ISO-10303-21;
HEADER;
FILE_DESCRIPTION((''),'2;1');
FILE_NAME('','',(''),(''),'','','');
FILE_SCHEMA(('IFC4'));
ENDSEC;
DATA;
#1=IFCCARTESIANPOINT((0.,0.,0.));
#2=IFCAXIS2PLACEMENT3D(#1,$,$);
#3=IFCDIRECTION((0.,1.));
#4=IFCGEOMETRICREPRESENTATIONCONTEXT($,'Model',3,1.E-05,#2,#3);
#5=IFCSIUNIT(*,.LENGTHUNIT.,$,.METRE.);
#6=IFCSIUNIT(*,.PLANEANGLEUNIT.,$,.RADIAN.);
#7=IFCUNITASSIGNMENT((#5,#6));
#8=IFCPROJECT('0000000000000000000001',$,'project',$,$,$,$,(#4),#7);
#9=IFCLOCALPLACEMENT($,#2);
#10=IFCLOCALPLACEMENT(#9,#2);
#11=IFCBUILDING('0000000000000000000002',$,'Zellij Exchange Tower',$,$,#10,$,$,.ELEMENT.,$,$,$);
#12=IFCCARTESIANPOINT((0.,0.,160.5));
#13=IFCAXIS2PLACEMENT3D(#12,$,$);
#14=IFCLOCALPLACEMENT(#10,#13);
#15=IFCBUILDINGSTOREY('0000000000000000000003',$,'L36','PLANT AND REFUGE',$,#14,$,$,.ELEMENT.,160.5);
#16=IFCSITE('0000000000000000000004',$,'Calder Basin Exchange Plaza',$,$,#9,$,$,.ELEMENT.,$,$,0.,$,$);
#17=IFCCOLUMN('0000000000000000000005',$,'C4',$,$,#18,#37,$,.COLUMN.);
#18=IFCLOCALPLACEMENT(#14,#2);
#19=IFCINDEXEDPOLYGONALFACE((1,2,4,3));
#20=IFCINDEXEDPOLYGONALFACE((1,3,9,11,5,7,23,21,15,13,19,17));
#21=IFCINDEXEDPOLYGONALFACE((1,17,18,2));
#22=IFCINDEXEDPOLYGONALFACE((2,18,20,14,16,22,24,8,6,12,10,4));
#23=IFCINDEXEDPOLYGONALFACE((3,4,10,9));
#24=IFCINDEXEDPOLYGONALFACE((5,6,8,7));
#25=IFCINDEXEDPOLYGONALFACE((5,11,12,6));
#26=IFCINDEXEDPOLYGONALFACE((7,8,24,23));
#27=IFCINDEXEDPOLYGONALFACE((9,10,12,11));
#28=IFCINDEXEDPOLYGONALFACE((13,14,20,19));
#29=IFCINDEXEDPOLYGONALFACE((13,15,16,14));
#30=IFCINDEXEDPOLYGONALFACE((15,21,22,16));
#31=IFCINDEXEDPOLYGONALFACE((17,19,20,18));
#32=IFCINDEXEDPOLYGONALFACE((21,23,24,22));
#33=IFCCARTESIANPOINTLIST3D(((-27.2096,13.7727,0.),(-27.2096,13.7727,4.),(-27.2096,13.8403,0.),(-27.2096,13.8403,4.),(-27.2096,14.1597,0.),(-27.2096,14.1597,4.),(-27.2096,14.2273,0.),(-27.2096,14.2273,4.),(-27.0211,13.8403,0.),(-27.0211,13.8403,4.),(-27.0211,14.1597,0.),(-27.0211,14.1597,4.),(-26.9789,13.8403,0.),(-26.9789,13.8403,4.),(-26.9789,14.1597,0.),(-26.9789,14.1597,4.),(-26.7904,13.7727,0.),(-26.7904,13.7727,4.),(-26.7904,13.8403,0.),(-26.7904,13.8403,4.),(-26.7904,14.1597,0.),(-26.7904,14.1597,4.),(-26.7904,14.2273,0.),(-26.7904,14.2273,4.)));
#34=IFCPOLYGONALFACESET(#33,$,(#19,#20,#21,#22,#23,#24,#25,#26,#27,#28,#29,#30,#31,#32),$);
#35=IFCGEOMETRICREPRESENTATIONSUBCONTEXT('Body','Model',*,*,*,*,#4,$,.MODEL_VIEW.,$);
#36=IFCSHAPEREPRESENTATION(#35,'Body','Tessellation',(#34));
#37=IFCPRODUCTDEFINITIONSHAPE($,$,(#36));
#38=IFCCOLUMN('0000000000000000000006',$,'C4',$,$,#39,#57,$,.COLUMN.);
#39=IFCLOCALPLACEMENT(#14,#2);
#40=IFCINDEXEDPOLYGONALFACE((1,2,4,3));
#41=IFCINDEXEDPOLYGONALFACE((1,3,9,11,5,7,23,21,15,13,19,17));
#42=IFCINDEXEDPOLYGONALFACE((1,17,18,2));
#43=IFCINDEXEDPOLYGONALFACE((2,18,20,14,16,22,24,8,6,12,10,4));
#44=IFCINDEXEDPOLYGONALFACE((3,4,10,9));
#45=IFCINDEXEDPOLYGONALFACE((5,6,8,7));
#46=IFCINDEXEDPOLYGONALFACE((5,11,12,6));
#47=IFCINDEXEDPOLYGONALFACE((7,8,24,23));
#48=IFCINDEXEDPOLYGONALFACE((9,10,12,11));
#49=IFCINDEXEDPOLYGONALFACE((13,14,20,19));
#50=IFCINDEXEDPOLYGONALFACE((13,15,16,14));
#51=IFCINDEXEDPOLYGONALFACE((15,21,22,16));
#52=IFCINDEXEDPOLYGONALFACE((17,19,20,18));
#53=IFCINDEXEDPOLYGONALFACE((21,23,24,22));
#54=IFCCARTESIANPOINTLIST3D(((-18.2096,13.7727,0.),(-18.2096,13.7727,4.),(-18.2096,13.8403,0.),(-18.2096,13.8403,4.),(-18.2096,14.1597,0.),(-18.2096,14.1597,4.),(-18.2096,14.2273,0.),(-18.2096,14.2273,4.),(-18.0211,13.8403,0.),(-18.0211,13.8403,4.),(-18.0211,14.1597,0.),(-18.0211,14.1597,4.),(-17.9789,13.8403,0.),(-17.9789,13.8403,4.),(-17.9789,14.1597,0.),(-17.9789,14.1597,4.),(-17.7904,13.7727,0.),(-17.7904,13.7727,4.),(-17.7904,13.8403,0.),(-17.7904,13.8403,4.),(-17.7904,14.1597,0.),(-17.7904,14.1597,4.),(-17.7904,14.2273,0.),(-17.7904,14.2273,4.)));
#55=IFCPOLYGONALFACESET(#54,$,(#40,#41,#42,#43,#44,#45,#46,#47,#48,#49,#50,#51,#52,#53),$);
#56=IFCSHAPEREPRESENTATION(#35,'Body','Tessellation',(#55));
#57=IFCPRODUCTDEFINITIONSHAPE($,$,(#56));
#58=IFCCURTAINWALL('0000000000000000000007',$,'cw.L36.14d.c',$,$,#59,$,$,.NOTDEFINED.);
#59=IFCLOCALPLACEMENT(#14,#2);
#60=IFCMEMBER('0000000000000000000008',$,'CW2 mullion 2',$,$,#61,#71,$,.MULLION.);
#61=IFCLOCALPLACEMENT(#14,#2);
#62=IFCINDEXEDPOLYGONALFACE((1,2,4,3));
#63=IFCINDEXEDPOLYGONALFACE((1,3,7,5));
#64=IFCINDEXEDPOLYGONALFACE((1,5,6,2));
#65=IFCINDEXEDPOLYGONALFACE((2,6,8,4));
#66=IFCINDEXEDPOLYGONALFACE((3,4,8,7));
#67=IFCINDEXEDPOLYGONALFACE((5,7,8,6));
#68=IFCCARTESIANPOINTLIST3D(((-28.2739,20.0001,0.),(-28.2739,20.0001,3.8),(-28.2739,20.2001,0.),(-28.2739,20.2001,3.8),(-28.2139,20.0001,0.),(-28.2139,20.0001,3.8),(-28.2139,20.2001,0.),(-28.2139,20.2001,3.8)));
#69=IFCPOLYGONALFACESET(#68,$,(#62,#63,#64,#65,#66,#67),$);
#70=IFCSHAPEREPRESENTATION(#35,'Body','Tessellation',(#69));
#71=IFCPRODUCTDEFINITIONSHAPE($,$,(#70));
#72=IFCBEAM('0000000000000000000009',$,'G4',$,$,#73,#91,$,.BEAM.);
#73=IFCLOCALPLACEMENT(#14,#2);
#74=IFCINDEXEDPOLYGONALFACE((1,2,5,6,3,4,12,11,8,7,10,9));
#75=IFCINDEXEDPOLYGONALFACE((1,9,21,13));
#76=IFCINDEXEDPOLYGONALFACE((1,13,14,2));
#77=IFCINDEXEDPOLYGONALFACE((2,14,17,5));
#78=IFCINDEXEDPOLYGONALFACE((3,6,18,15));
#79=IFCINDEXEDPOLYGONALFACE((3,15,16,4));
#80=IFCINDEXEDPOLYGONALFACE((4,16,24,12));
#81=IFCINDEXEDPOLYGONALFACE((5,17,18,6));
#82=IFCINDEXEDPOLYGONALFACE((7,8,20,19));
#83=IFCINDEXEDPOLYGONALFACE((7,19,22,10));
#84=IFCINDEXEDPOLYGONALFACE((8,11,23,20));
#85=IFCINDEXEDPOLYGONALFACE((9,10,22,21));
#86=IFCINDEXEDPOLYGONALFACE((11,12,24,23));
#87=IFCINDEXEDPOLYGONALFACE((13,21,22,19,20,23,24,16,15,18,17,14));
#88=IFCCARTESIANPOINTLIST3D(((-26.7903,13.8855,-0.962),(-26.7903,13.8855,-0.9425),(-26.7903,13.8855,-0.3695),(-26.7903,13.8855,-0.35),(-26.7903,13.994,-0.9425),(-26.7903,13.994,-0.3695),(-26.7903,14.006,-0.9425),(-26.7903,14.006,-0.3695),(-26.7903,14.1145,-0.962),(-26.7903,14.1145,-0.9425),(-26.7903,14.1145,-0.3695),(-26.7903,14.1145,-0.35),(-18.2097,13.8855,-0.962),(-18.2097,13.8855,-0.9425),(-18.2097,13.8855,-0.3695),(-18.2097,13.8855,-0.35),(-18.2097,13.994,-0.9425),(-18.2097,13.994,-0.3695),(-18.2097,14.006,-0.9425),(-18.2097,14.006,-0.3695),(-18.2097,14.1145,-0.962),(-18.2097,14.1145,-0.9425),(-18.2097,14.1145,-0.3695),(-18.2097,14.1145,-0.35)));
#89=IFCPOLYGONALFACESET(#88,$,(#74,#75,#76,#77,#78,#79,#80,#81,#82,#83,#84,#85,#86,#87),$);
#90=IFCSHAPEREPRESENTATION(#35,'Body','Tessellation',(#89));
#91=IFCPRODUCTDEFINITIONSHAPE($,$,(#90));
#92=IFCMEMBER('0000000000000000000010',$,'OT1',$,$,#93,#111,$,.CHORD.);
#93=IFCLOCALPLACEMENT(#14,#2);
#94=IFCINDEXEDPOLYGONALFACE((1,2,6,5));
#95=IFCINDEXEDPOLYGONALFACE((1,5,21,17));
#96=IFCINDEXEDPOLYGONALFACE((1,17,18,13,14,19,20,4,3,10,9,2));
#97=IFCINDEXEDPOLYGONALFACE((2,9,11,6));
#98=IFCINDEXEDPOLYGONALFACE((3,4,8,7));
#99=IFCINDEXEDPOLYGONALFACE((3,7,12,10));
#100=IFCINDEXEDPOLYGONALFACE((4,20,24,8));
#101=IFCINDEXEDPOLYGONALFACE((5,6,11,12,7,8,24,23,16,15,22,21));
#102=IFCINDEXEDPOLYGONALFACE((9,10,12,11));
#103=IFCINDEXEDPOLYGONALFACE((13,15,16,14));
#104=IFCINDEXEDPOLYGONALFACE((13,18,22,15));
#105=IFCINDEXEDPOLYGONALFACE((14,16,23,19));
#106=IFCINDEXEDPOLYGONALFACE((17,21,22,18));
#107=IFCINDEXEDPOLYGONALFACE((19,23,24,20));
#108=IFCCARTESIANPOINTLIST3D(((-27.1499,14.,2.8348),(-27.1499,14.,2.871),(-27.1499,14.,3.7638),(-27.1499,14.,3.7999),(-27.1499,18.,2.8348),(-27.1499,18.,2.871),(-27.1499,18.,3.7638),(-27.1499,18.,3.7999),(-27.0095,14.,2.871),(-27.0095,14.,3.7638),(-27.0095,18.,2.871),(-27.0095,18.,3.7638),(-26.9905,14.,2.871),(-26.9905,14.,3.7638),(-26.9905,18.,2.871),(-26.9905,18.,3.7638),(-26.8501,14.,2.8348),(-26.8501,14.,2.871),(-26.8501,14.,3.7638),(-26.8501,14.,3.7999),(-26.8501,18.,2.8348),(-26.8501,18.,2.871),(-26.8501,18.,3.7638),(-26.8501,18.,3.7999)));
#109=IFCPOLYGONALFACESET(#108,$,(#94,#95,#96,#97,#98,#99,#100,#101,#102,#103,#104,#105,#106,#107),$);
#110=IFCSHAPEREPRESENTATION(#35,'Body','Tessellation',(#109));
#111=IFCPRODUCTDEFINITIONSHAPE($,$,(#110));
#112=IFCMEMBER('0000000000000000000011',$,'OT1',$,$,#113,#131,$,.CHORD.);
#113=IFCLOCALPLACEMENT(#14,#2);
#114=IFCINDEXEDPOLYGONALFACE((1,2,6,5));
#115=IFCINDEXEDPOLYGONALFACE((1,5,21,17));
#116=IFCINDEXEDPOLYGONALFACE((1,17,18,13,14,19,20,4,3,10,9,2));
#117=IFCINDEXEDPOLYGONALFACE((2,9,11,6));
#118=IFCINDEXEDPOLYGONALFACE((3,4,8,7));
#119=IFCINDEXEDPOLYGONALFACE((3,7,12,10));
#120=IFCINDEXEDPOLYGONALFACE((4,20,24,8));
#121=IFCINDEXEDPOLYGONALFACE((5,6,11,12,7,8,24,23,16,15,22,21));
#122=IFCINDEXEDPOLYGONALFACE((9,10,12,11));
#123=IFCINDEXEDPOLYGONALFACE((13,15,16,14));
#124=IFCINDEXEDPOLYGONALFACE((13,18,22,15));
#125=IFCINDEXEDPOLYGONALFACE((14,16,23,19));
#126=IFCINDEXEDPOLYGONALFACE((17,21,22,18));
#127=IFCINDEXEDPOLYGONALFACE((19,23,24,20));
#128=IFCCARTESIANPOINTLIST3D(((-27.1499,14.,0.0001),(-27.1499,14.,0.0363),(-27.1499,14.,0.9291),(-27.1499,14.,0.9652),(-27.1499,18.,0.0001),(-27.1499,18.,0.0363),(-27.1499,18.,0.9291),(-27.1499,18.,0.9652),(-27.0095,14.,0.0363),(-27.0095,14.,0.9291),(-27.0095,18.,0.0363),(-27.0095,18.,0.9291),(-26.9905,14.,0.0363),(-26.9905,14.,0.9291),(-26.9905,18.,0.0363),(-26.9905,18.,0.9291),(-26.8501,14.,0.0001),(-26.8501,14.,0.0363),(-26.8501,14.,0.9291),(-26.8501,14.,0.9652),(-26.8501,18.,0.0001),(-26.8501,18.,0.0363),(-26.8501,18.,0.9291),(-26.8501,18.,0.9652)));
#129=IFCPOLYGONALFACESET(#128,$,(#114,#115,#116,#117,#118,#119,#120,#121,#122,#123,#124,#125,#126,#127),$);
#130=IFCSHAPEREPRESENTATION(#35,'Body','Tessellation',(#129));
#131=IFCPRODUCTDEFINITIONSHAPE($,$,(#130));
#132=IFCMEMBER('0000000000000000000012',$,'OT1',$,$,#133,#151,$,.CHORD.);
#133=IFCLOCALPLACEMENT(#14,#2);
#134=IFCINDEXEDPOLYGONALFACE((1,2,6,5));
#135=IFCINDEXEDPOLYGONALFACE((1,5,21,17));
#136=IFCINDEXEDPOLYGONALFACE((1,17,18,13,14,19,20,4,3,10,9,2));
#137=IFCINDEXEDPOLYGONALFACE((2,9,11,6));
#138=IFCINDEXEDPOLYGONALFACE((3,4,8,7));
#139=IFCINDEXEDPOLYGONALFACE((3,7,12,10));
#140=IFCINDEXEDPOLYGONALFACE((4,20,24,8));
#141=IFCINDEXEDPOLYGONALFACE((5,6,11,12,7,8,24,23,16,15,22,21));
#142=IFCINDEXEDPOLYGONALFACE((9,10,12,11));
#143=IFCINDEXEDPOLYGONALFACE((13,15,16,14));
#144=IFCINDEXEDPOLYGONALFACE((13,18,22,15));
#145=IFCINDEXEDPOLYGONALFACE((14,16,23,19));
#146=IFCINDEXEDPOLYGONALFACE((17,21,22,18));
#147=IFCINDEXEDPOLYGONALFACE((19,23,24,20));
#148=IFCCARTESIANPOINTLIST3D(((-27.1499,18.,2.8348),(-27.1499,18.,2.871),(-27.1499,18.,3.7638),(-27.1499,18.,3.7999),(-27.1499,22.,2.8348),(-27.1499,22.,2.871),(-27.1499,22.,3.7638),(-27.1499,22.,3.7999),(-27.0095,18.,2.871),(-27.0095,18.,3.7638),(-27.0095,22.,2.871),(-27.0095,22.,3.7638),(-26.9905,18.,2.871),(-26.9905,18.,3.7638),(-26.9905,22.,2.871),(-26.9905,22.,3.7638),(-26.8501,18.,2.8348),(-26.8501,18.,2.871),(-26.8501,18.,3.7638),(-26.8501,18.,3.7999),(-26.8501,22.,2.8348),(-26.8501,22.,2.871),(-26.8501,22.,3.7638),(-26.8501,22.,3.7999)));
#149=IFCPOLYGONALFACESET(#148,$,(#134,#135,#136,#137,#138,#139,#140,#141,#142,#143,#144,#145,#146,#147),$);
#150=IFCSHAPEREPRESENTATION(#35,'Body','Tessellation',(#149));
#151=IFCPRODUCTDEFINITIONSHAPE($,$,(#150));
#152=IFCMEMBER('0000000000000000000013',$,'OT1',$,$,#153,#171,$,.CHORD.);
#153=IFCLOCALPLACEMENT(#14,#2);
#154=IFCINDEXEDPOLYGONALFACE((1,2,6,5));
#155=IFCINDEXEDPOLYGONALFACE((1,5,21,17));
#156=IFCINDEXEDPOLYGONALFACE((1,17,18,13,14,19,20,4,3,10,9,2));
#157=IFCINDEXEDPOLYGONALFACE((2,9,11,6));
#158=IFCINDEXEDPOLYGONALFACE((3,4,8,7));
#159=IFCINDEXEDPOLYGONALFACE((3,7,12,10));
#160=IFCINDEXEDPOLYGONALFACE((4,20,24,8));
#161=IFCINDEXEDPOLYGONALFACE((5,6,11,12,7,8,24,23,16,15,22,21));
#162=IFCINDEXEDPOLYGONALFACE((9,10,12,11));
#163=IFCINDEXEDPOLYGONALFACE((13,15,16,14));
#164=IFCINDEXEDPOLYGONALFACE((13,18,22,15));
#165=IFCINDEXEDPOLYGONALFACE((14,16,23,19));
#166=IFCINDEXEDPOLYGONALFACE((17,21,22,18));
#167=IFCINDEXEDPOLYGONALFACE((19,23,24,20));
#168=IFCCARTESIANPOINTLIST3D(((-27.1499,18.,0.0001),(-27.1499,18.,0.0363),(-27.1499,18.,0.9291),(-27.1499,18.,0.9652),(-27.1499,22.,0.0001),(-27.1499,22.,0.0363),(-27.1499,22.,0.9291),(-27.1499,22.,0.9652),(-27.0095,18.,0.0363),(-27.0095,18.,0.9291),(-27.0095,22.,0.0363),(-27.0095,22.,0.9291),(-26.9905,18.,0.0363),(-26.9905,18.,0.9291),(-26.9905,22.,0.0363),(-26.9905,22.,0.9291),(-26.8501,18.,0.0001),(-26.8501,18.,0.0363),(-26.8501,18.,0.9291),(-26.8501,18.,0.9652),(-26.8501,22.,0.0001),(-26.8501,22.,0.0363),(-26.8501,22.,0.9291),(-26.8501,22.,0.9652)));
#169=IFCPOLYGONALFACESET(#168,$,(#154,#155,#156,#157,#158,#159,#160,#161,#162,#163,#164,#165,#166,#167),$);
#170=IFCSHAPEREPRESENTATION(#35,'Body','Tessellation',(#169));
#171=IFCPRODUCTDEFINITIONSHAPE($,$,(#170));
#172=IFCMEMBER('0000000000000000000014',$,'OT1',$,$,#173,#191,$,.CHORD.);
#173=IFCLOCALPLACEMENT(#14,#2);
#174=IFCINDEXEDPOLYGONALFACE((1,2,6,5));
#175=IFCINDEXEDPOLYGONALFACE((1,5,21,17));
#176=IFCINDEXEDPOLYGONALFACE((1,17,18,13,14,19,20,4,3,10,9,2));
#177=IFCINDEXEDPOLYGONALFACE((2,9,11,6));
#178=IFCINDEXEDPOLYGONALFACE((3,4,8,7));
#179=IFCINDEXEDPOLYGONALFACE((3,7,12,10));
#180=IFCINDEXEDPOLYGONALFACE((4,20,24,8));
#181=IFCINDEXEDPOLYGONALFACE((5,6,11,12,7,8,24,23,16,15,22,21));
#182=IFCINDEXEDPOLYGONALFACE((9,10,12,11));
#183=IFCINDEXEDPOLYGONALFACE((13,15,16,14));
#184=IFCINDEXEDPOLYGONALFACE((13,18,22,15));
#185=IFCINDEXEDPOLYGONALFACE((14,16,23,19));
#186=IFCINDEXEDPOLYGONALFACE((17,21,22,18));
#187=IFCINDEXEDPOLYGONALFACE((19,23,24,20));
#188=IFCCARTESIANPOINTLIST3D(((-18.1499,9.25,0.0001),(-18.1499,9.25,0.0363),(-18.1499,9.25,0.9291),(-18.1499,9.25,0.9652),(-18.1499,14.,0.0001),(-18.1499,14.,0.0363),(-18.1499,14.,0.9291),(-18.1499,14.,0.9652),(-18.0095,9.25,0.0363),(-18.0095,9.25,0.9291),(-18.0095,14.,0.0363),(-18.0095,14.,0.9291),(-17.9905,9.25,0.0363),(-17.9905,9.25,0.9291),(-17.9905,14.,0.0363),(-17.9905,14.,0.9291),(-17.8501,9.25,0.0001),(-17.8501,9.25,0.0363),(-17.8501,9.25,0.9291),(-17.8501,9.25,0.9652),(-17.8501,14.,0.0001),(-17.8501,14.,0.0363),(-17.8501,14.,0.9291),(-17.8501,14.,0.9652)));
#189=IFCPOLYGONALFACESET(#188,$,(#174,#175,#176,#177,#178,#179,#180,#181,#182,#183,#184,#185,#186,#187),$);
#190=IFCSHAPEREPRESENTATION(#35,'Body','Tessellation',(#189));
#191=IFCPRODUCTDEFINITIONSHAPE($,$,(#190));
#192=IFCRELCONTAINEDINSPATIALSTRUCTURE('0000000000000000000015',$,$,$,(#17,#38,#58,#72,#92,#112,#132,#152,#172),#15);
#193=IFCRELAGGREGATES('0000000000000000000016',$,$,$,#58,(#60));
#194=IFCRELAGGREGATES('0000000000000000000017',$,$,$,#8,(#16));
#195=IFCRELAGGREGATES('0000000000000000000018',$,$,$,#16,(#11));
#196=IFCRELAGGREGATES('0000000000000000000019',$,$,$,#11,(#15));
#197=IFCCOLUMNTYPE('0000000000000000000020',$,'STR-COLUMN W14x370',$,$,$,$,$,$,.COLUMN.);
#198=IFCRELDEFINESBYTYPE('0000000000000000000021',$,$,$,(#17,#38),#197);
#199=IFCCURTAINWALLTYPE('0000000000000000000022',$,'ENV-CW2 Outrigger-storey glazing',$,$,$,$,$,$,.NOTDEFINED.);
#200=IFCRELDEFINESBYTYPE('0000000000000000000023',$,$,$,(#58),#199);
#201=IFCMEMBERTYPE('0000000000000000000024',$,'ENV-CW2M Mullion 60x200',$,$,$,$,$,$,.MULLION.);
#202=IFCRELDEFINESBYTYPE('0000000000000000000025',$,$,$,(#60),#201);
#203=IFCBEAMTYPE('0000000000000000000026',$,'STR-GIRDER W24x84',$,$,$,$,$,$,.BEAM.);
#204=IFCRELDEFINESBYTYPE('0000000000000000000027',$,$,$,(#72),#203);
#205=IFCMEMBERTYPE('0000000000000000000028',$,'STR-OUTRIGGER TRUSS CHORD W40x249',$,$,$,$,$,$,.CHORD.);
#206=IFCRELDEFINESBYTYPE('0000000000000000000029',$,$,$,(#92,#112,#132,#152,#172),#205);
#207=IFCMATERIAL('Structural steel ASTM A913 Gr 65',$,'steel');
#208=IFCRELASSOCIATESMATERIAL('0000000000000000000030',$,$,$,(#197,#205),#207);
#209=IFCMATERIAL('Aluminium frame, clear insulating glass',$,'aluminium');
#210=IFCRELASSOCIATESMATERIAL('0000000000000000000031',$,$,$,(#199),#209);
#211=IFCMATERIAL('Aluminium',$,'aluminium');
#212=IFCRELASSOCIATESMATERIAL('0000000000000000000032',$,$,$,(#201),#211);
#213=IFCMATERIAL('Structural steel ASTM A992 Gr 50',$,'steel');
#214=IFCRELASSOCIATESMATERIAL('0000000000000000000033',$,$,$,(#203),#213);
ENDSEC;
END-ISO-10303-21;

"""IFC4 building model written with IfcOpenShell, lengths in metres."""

from ifc_helpers import new_model, si_unit, direction, frame, origin, origin_2d, place, context, subcontext, project, spatial, rectangle, i_section, extrude, material, material_profile, profile_set, type_object, element, aggregate, save


model = new_model("IFC4")

# Units and contexts
model_context = context("Model", 3, precision=1e-05, world=origin(), true_north=direction((0.0, 1.0)))
body_context = subcontext(model_context, "Body", "Model", "MODEL_VIEW")
ifc_project = project(units=[si_unit("LENGTHUNIT", "METRE"), si_unit("PLANEANGLEUNIT", "RADIAN")], contexts=[model_context])

# Site, building, storey
site_placement = place(None, origin())
site = spatial("IfcSite", under=ifc_project, at=site_placement, Name="Calder Basin Exchange Plaza", CompositionType="ELEMENT", RefElevation=0.0)
building_placement = place(site_placement, origin())
building = spatial("IfcBuilding", under=site, at=building_placement, Name="Zellij Exchange Tower", CompositionType="ELEMENT")
storey_placement = place(building_placement, frame((0.0, 0.0, 160.5)))
storey = spatial("IfcBuildingStorey", under=building, at=storey_placement, Name="L36", Description="PLANT AND REFUGE", CompositionType="ELEMENT", Elevation=160.5)

# Columns
ifc_material_1 = material(Name="Structural steel ASTM A913 Gr 65", Category="steel")
ifc_material_profile_1 = material_profile(ifc_material_1, i_section(OverallWidth=0.4192, OverallDepth=0.4546, WebThickness=0.0422, FlangeThickness=0.0676, at=origin_2d()), Name="W14x370")
ifc_profile_set_1 = profile_set([ifc_material_profile_1], Name="Structural steel ASTM A913 Gr 65")
column_type = type_object("IfcColumnType", Name="STR-COLUMN W14x370", PredefinedType="COLUMN", material=ifc_profile_set_1)
for number, where, z_axis, x_axis, name in (
    (1, (-27.0, 14.0, 0.0), (0.0, 0.0, 1.0), (1.0, 0.0, 0.0), "C4"),
    (2, (-18.0, 14.0, 0.0), (0.0, 0.0, 1.0), (1.0, 0.0, 0.0), "C4"),
):
    element("IfcColumn", number, at=place(storey_placement, frame(where, z_axis=z_axis, x_axis=x_axis)), inside=storey, type_object=column_type, Name=name, PredefinedType="COLUMN", context=body_context, shape_type="SweptSolid", body=[
        extrude(i_section(OverallWidth=0.4192, OverallDepth=0.4546, WebThickness=0.0422, FlangeThickness=0.0676, at=origin_2d()), origin(), (0.0, 0.0, 1.0), 4.0),
    ])

# Curtain wall, member
ifc_material_2 = material(Name="Aluminium frame, clear insulating glass", Category="aluminium")
curtain_wall_type = type_object("IfcCurtainWallType", Name="ENV-CW2 Outrigger-storey glazing", PredefinedType="NOTDEFINED", material=ifc_material_2)
curtain_wall_placement = place(storey_placement, origin())
curtain_wall = element("IfcCurtainWall", 3, at=curtain_wall_placement, inside=storey, type_object=curtain_wall_type, Name="cw.L36.14d.c", PredefinedType="NOTDEFINED")
ifc_material_3 = material(Name="Aluminium", Category="aluminium")
ifc_material_profile_2 = material_profile(ifc_material_3, rectangle(XDim=0.0601, YDim=0.2, at=origin_2d()), Name="AL 60x200")
ifc_profile_set_2 = profile_set([ifc_material_profile_2], Name="Aluminium")
member_type_1 = type_object("IfcMemberType", Name="ENV-CW2M Mullion 60x200", PredefinedType="MULLION", material=ifc_profile_set_2)
member_1_placement = place(storey_placement, frame((-28.2439, 20.1001, 0.0), z_axis=(0.0, 0.0, 1.0), x_axis=(-1.0, 0.0, 0.0)))
member_1 = element("IfcMember", 4, at=member_1_placement, type_object=member_type_1, Name="CW2 mullion 2", PredefinedType="MULLION", context=body_context, shape_type="SweptSolid", body=[
    extrude(rectangle(XDim=0.0601, YDim=0.2, at=origin_2d()), origin(), (0.0, 0.0, 1.0), 3.8),
])
aggregate(curtain_wall, [member_1])

# Beam
ifc_material_4 = material(Name="Structural steel ASTM A992 Gr 50", Category="steel")
ifc_material_profile_3 = material_profile(ifc_material_4, i_section(OverallWidth=0.229, OverallDepth=0.6121, WebThickness=0.012, FlangeThickness=0.0195, at=origin_2d()), Name="W24x84")
ifc_profile_set_3 = profile_set([ifc_material_profile_3], Name="Structural steel ASTM A992 Gr 50")
beam_type = type_object("IfcBeamType", Name="STR-GIRDER W24x84", PredefinedType="BEAM", material=ifc_profile_set_3)
beam_placement = place(storey_placement, frame((-26.7903, 14.0, -0.656), z_axis=(1.0, 0.0, 0.0), x_axis=(0.0, 1.0, 0.0)))
element("IfcBeam", 5, at=beam_placement, inside=storey, type_object=beam_type, Name="G4", PredefinedType="BEAM", context=body_context, shape_type="SweptSolid", body=[
    extrude(i_section(OverallWidth=0.229, OverallDepth=0.6121, WebThickness=0.012, FlangeThickness=0.0195, at=origin_2d()), origin(), (0.0, 0.0, 1.0), 8.5806),
])

# Members
ifc_material_profile_4 = material_profile(ifc_material_1, i_section(OverallWidth=0.2998, OverallDepth=0.9651, WebThickness=0.019, FlangeThickness=0.0361, at=origin_2d()), Name="W40x249")
ifc_profile_set_4 = profile_set([ifc_material_profile_4], Name="Structural steel ASTM A913 Gr 65")
member_type_2 = type_object("IfcMemberType", Name="STR-OUTRIGGER TRUSS CHORD W40x249", PredefinedType="CHORD", material=ifc_profile_set_4)
for number, where, z_axis, x_axis, name in (
    (6, (-27.0, 14.0, 3.3174), (0.0, 1.0, 0.0), (-1.0, 0.0, 0.0), "OT1"),
    (7, (-27.0, 14.0, 0.4827), (0.0, 1.0, 0.0), (-1.0, 0.0, 0.0), "OT1"),
    (8, (-27.0, 18.0, 3.3174), (0.0, 1.0, 0.0), (-1.0, 0.0, 0.0), "OT1"),
    (9, (-27.0, 18.0, 0.4827), (0.0, 1.0, 0.0), (-1.0, 0.0, 0.0), "OT1"),
):
    element("IfcMember", number, at=place(storey_placement, frame(where, z_axis=z_axis, x_axis=x_axis)), inside=storey, type_object=member_type_2, Name=name, PredefinedType="CHORD", context=body_context, shape_type="SweptSolid", body=[
        extrude(i_section(OverallWidth=0.2998, OverallDepth=0.9651, WebThickness=0.019, FlangeThickness=0.0361, at=origin_2d()), origin(), (0.0, 0.0, 1.0), 4.0),
    ])
member_2_placement = place(storey_placement, frame((-18.0, 9.25, 0.4827), z_axis=(0.0, 1.0, 0.0), x_axis=(-1.0, 0.0, 0.0)))
element("IfcMember", 10, at=member_2_placement, inside=storey, type_object=member_type_2, Name="OT1", PredefinedType="CHORD", context=body_context, shape_type="SweptSolid", body=[
    extrude(i_section(OverallWidth=0.2998, OverallDepth=0.9651, WebThickness=0.019, FlangeThickness=0.0361, at=origin_2d()), origin(), (0.0, 0.0, 1.0), 4.75),
])

save(model, "model.ifc")
